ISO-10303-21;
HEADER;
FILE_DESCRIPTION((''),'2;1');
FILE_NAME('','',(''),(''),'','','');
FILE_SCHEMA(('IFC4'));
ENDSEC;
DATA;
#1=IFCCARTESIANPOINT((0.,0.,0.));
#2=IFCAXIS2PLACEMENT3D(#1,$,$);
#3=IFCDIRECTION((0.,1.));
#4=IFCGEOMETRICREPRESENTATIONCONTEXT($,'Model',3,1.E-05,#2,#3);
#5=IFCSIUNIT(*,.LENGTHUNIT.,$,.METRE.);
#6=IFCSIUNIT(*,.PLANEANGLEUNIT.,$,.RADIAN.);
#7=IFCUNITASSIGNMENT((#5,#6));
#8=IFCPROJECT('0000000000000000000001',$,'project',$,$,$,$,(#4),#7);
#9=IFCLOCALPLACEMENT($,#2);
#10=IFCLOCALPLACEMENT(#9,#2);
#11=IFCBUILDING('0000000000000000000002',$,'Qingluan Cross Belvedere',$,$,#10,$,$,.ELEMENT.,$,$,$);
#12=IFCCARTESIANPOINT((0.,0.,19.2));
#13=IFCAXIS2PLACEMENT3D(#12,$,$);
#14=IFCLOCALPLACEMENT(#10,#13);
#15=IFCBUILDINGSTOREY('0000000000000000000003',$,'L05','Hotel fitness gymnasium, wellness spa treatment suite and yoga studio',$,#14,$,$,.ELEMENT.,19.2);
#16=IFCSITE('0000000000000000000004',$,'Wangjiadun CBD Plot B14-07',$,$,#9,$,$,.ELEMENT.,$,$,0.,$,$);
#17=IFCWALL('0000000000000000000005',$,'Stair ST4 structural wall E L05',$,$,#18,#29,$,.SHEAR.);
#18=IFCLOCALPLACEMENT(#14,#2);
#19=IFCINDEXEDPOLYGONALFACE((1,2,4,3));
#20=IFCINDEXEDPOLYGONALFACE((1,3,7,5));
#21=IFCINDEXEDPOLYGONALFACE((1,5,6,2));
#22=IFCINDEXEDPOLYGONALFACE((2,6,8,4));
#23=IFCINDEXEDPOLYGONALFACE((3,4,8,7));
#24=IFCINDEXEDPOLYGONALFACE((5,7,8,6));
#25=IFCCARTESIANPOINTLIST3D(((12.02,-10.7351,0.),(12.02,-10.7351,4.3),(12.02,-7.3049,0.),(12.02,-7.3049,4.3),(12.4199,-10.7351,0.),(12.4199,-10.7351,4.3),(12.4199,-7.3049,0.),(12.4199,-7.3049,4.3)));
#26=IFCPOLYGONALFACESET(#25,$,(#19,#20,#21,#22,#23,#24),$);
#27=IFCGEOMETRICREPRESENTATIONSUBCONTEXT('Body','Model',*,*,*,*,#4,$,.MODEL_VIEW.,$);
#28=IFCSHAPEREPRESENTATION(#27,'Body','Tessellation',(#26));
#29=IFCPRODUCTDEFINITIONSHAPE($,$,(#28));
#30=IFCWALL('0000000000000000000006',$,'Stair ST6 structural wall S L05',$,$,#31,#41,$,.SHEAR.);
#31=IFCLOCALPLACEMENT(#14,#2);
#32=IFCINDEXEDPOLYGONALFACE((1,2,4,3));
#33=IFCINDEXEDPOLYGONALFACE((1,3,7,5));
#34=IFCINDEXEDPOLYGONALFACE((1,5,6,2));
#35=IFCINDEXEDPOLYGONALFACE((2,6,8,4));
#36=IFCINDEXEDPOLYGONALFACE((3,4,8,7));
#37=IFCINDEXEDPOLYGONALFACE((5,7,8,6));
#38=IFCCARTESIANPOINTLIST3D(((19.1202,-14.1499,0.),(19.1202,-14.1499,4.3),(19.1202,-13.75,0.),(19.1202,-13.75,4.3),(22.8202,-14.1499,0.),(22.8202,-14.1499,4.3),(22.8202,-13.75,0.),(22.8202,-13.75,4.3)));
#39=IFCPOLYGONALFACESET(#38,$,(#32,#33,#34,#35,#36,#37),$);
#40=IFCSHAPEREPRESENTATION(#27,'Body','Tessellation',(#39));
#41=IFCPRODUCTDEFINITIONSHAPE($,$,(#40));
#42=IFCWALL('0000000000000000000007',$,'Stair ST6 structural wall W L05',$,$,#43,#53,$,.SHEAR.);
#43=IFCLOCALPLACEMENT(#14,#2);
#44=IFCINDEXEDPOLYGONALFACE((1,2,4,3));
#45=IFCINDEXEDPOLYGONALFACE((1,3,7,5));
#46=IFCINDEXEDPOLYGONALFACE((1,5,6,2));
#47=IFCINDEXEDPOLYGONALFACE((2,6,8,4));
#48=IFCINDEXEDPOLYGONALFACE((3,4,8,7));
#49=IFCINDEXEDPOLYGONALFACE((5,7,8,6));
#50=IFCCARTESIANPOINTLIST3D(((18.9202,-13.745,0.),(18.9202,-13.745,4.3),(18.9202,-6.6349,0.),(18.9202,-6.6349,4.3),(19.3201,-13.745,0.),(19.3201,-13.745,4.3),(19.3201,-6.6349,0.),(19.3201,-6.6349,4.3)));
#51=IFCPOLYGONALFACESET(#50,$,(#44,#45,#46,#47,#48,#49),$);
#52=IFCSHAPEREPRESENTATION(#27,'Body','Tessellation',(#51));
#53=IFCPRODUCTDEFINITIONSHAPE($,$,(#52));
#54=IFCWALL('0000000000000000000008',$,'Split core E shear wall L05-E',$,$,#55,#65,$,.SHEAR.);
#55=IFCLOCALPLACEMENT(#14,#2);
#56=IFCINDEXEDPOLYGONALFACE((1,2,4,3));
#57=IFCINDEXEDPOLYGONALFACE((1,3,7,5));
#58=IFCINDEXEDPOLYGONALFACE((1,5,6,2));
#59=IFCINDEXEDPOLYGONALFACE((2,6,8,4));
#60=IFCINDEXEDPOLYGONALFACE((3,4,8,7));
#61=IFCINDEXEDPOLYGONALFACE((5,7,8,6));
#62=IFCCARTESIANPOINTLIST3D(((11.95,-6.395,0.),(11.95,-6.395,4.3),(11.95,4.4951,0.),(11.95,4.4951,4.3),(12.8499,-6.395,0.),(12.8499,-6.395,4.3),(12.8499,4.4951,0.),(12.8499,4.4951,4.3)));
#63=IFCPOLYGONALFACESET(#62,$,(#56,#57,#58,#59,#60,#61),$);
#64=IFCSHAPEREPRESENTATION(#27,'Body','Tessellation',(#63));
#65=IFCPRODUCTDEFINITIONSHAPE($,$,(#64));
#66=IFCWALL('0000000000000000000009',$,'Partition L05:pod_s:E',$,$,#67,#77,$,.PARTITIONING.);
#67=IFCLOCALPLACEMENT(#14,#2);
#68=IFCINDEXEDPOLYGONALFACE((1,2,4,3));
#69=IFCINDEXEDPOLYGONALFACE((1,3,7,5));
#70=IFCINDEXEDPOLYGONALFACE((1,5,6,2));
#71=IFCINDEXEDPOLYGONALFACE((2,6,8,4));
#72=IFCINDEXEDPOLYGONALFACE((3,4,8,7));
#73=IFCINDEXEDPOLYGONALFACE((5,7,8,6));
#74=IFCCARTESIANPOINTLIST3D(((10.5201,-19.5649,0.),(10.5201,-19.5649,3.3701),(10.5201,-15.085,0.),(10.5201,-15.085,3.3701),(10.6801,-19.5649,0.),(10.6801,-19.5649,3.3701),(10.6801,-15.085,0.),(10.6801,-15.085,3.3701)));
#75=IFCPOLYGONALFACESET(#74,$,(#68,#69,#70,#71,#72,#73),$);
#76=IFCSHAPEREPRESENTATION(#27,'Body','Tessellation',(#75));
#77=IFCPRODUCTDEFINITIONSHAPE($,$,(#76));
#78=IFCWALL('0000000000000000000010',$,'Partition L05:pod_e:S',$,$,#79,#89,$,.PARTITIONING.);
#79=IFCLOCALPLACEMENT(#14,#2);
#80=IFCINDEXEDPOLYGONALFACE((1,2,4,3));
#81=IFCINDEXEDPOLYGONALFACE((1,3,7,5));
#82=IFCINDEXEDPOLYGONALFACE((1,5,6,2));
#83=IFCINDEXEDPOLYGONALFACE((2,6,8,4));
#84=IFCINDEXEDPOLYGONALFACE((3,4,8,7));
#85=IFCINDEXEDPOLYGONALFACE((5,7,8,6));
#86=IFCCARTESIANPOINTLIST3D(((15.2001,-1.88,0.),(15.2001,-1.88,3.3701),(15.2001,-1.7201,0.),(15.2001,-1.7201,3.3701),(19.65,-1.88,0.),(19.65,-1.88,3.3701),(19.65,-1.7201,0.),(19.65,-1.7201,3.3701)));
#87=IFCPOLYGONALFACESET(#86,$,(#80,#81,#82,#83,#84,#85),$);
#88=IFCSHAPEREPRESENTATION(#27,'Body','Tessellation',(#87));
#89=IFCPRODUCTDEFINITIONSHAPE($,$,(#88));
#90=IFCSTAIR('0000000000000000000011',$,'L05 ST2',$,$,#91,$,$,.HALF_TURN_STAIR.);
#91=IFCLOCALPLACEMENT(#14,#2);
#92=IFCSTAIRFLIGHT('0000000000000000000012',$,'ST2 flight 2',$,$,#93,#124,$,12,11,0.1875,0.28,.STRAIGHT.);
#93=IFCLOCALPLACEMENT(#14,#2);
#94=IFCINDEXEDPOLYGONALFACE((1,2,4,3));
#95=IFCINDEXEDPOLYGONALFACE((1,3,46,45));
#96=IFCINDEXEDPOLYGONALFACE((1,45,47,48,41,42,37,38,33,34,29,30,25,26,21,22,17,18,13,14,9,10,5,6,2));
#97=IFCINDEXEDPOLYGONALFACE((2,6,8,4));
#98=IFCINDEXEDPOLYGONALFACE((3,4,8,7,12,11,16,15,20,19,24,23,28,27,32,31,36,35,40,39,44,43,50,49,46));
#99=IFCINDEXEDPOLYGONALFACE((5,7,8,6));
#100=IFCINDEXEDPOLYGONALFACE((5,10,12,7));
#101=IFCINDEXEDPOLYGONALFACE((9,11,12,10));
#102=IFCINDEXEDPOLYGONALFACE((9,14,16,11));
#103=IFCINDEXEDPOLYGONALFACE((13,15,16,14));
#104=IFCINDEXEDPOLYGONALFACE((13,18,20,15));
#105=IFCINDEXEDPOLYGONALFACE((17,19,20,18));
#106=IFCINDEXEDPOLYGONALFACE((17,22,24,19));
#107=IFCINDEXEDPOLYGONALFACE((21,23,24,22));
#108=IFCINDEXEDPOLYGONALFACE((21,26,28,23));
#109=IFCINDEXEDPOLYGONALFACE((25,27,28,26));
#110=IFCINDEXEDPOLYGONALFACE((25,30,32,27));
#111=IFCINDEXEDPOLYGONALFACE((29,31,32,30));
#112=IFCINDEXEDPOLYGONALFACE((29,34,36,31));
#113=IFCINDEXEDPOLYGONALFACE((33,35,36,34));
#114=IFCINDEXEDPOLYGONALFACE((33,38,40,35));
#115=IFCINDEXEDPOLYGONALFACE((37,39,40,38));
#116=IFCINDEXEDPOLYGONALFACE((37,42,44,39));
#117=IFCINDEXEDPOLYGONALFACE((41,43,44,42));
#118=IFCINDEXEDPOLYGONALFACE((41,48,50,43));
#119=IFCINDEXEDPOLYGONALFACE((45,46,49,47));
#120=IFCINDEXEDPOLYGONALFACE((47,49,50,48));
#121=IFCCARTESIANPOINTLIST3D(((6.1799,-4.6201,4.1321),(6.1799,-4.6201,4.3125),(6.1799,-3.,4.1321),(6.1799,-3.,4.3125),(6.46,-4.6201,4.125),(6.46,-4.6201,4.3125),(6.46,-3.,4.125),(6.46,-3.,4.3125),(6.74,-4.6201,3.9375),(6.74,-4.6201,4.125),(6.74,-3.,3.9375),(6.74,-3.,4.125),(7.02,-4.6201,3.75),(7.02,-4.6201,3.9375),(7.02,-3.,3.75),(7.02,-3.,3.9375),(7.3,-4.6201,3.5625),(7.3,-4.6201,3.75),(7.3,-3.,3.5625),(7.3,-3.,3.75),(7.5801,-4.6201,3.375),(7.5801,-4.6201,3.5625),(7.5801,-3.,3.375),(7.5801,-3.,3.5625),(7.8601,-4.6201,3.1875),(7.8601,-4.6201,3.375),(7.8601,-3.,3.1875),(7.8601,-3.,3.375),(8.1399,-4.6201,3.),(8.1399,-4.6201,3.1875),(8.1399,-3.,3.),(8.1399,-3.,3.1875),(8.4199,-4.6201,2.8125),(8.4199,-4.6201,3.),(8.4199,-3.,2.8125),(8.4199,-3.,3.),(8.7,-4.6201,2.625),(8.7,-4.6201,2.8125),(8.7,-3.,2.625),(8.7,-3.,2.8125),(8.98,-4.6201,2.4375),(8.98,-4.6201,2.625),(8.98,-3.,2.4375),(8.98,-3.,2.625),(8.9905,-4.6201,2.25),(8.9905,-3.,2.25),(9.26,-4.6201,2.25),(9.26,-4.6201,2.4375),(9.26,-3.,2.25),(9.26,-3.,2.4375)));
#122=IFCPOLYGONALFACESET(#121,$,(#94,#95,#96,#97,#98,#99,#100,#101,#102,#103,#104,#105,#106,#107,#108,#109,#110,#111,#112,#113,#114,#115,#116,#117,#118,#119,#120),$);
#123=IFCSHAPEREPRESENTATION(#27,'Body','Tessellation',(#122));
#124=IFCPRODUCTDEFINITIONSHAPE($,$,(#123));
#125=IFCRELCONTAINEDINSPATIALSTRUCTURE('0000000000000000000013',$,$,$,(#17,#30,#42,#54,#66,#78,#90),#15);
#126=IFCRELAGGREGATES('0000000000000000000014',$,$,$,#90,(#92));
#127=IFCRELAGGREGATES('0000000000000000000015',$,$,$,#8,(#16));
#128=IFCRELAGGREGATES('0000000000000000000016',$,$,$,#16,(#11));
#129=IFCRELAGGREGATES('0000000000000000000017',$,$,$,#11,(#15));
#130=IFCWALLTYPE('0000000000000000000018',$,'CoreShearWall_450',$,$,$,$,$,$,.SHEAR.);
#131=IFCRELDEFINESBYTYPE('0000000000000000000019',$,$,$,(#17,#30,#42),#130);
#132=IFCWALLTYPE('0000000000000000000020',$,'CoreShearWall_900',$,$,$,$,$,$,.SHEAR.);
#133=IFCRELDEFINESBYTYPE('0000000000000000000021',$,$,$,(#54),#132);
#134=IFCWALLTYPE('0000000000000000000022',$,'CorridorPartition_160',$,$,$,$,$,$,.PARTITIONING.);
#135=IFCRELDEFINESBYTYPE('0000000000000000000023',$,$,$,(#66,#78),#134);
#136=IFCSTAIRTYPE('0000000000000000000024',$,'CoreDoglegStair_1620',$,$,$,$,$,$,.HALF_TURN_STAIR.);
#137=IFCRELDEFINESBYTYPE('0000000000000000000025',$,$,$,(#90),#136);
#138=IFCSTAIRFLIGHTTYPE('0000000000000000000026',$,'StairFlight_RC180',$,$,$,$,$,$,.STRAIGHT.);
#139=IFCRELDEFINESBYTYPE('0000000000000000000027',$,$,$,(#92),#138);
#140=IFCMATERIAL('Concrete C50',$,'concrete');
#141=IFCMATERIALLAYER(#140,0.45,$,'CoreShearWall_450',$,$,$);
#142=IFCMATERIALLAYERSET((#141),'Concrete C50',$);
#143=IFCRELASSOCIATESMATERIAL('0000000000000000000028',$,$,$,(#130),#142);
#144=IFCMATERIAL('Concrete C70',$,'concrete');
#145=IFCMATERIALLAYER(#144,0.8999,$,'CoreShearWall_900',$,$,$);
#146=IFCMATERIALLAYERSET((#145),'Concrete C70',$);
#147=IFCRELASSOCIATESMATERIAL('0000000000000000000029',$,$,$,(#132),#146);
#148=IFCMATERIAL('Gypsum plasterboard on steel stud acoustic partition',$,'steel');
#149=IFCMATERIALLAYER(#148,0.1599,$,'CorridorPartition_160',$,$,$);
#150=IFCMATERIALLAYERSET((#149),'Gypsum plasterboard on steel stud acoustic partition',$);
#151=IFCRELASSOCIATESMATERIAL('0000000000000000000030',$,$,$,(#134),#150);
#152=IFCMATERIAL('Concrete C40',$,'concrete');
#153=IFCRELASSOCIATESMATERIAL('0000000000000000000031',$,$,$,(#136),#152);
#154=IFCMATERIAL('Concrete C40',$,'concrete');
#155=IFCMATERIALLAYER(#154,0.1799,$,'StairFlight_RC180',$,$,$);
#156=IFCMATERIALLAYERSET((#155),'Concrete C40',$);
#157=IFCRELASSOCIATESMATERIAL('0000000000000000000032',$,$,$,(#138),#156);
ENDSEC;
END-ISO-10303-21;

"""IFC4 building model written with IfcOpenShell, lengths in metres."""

from ifc_helpers import new_model, si_unit, direction, frame, frame_2d, origin, place, context, subcontext, project, spatial, polyline, rectangle, outline, extrude, material, layer, layer_set, type_object, element, aggregate, save


model = new_model("IFC4")

# Units and contexts
model_context = context("Model", 3, precision=1e-05, world=origin(), true_north=direction((0.0, 1.0)))
body_context = subcontext(model_context, "Body", "Model", "MODEL_VIEW")
ifc_project = project(units=[si_unit("LENGTHUNIT", "METRE"), si_unit("PLANEANGLEUNIT", "RADIAN")], contexts=[model_context])

# Site, building, storey
site_placement = place(None, origin())
site = spatial("IfcSite", under=ifc_project, at=site_placement, Name="Wangjiadun CBD Plot B14-07", CompositionType="ELEMENT", RefElevation=0.0)
building_placement = place(site_placement, origin())
building = spatial("IfcBuilding", under=site, at=building_placement, Name="Qingluan Cross Belvedere", CompositionType="ELEMENT")
storey_placement = place(building_placement, frame((0.0, 0.0, 19.2)))
storey = spatial("IfcBuildingStorey", under=building, at=storey_placement, Name="L05", Description="Hotel fitness gymnasium, wellness spa treatment suite and yoga studio", CompositionType="ELEMENT", Elevation=19.2)

# Wall
ifc_material_1 = material(Name="Concrete C50", Category="concrete")
ifc_layer_1 = layer(ifc_material_1, 0.45, Name="CoreShearWall_450")
ifc_layer_set_1 = layer_set([ifc_layer_1], Name="Concrete C50")
wall_type_1 = type_object("IfcWallType", Name="CoreShearWall_450", PredefinedType="SHEAR", material=ifc_layer_set_1)
wall_1_placement = place(storey_placement, frame((12.22, -10.7351, 0.0), z_axis=(0.0, 0.0, 1.0), x_axis=(0.0, 1.0, 0.0)))
element("IfcWall", 1, at=wall_1_placement, inside=storey, type_object=wall_type_1, Name="Stair ST4 structural wall E L05", PredefinedType="SHEAR", context=body_context, shape_type="SweptSolid", body=[
    extrude(rectangle(XDim=3.4302, YDim=0.3999, at=frame_2d((1.7151, 0.0))), origin(), (0.0, 0.0, 1.0), 4.3),
])

# Walls
wall_2_placement = place(storey_placement, frame((19.1201, -13.95, 0.0), z_axis=(0.0, 0.0, 1.0), x_axis=(1.0, 0.0, 0.0)))
element("IfcWall", 2, at=wall_2_placement, inside=storey, type_object=wall_type_1, Name="Stair ST6 structural wall S L05", PredefinedType="SHEAR", context=body_context, shape_type="SweptSolid", body=[
    extrude(rectangle(XDim=3.7, YDim=0.3999, at=frame_2d((1.8501, 0.0))), origin(), (0.0, 0.0, 1.0), 4.3),
])
wall_3_placement = place(storey_placement, frame((19.1201, -13.7451, 0.0), z_axis=(0.0, 0.0, 1.0), x_axis=(0.0, 1.0, 0.0)))
element("IfcWall", 3, at=wall_3_placement, inside=storey, type_object=wall_type_1, Name="Stair ST6 structural wall W L05", PredefinedType="SHEAR", context=body_context, shape_type="SweptSolid", body=[
    extrude(rectangle(XDim=7.1101, YDim=0.3999, at=frame_2d((3.5552, 0.0))), origin(), (0.0, 0.0, 1.0), 4.3),
])
ifc_material_2 = material(Name="Concrete C70", Category="concrete")
ifc_layer_2 = layer(ifc_material_2, 0.8999, Name="CoreShearWall_900")
ifc_layer_set_2 = layer_set([ifc_layer_2], Name="Concrete C70")
wall_type_2 = type_object("IfcWallType", Name="CoreShearWall_900", PredefinedType="SHEAR", material=ifc_layer_set_2)
wall_4_placement = place(storey_placement, frame((12.3999, -6.395, 0.0), z_axis=(0.0, 0.0, 1.0), x_axis=(0.0, 1.0, 0.0)))
element("IfcWall", 4, at=wall_4_placement, inside=storey, type_object=wall_type_2, Name="Split core E shear wall L05-E", PredefinedType="SHEAR", context=body_context, shape_type="SweptSolid", body=[
    extrude(rectangle(XDim=10.8901, YDim=0.8999, at=frame_2d((5.4451, 0.0))), origin(), (0.0, 0.0, 1.0), 4.3),
])
ifc_material_3 = material(Name="Gypsum plasterboard on steel stud acoustic partition", Category="steel")
ifc_layer_3 = layer(ifc_material_3, 0.1599, Name="CorridorPartition_160")
ifc_layer_set_3 = layer_set([ifc_layer_3], Name="Gypsum plasterboard on steel stud acoustic partition")
wall_type_3 = type_object("IfcWallType", Name="CorridorPartition_160", PredefinedType="PARTITIONING", material=ifc_layer_set_3)
wall_5_placement = place(storey_placement, frame((10.6001, -19.5649, 0.0), z_axis=(0.0, 0.0, 1.0), x_axis=(0.0, 1.0, 0.0)))
element("IfcWall", 5, at=wall_5_placement, inside=storey, type_object=wall_type_3, Name="Partition L05:pod_s:E", PredefinedType="PARTITIONING", context=body_context, shape_type="SweptSolid", body=[
    extrude(rectangle(XDim=4.48, YDim=0.1599, at=frame_2d((2.24, 0.0))), origin(), (0.0, 0.0, 1.0), 3.3701),
])
wall_6_placement = place(storey_placement, frame((15.2, -1.8, 0.0), z_axis=(0.0, 0.0, 1.0), x_axis=(1.0, 0.0, 0.0)))
element("IfcWall", 6, at=wall_6_placement, inside=storey, type_object=wall_type_3, Name="Partition L05:pod_e:S", PredefinedType="PARTITIONING", context=body_context, shape_type="SweptSolid", body=[
    extrude(rectangle(XDim=4.45, YDim=0.1599, at=frame_2d((2.2251, 0.0))), origin(), (0.0, 0.0, 1.0), 3.3701),
])

# Stair, stair flight
ifc_material_4 = material(Name="Concrete C40", Category="concrete")
stair_type = type_object("IfcStairType", Name="CoreDoglegStair_1620", PredefinedType="HALF_TURN_STAIR", material=ifc_material_4)
stair_placement = place(storey_placement, origin())
stair = element("IfcStair", 7, at=stair_placement, inside=storey, type_object=stair_type, Name="L05 ST2", PredefinedType="HALF_TURN_STAIR")
ifc_material_5 = material(Name="Concrete C40", Category="concrete")
ifc_layer_4 = layer(ifc_material_5, 0.1799, Name="StairFlight_RC180")
ifc_layer_set_4 = layer_set([ifc_layer_4], Name="Concrete C40")
stair_flight_type = type_object("IfcStairFlightType", Name="StairFlight_RC180", PredefinedType="STRAIGHT", material=ifc_layer_set_4)
stair_flight_placement = place(storey_placement, frame((9.26, -3.8101, 2.25), z_axis=(0.0, 0.0, 1.0), x_axis=(-1.0, 0.0, 0.0)))
stair_flight = element("IfcStairFlight", 8, at=stair_flight_placement, type_object=stair_flight_type, Name="ST2 flight 2", NumberOfRisers=12, NumberOfTreads=11, PredefinedType="STRAIGHT", RiserHeight=0.1875, TreadLength=0.28, context=body_context, shape_type="SweptSolid", body=[
    extrude(outline(polyline([(0.0, 0.0), (0.0, 0.1875), (0.28, 0.1875), (0.28, 0.375), (0.5601, 0.375), (0.5601, 0.5625), (0.8401, 0.5625), (0.8401, 0.75), (1.1201, 0.75), (1.1201, 0.9375), (1.3999, 0.9375), (1.3999, 1.125), (1.6799, 1.125), (1.6799, 1.3125), (1.96, 1.3125), (1.96, 1.5), (2.24, 1.5), (2.24, 1.6875), (2.52, 1.6875), (2.52, 1.875), (2.8, 1.875), (2.8, 2.0625), (3.0801, 2.0625), (3.0801, 2.25), (3.0801, 1.8821), (0.2695, 0.0), (0.0, 0.0)])), frame((0.0, 0.8101, 0.0), z_axis=(0.0, -1.0, 0.0), x_axis=(1.0, 0.0, 0.0)), (0.0, 0.0, 1.0), 1.6201),
])
aggregate(stair, [stair_flight])

save(model, "model.ifc")
